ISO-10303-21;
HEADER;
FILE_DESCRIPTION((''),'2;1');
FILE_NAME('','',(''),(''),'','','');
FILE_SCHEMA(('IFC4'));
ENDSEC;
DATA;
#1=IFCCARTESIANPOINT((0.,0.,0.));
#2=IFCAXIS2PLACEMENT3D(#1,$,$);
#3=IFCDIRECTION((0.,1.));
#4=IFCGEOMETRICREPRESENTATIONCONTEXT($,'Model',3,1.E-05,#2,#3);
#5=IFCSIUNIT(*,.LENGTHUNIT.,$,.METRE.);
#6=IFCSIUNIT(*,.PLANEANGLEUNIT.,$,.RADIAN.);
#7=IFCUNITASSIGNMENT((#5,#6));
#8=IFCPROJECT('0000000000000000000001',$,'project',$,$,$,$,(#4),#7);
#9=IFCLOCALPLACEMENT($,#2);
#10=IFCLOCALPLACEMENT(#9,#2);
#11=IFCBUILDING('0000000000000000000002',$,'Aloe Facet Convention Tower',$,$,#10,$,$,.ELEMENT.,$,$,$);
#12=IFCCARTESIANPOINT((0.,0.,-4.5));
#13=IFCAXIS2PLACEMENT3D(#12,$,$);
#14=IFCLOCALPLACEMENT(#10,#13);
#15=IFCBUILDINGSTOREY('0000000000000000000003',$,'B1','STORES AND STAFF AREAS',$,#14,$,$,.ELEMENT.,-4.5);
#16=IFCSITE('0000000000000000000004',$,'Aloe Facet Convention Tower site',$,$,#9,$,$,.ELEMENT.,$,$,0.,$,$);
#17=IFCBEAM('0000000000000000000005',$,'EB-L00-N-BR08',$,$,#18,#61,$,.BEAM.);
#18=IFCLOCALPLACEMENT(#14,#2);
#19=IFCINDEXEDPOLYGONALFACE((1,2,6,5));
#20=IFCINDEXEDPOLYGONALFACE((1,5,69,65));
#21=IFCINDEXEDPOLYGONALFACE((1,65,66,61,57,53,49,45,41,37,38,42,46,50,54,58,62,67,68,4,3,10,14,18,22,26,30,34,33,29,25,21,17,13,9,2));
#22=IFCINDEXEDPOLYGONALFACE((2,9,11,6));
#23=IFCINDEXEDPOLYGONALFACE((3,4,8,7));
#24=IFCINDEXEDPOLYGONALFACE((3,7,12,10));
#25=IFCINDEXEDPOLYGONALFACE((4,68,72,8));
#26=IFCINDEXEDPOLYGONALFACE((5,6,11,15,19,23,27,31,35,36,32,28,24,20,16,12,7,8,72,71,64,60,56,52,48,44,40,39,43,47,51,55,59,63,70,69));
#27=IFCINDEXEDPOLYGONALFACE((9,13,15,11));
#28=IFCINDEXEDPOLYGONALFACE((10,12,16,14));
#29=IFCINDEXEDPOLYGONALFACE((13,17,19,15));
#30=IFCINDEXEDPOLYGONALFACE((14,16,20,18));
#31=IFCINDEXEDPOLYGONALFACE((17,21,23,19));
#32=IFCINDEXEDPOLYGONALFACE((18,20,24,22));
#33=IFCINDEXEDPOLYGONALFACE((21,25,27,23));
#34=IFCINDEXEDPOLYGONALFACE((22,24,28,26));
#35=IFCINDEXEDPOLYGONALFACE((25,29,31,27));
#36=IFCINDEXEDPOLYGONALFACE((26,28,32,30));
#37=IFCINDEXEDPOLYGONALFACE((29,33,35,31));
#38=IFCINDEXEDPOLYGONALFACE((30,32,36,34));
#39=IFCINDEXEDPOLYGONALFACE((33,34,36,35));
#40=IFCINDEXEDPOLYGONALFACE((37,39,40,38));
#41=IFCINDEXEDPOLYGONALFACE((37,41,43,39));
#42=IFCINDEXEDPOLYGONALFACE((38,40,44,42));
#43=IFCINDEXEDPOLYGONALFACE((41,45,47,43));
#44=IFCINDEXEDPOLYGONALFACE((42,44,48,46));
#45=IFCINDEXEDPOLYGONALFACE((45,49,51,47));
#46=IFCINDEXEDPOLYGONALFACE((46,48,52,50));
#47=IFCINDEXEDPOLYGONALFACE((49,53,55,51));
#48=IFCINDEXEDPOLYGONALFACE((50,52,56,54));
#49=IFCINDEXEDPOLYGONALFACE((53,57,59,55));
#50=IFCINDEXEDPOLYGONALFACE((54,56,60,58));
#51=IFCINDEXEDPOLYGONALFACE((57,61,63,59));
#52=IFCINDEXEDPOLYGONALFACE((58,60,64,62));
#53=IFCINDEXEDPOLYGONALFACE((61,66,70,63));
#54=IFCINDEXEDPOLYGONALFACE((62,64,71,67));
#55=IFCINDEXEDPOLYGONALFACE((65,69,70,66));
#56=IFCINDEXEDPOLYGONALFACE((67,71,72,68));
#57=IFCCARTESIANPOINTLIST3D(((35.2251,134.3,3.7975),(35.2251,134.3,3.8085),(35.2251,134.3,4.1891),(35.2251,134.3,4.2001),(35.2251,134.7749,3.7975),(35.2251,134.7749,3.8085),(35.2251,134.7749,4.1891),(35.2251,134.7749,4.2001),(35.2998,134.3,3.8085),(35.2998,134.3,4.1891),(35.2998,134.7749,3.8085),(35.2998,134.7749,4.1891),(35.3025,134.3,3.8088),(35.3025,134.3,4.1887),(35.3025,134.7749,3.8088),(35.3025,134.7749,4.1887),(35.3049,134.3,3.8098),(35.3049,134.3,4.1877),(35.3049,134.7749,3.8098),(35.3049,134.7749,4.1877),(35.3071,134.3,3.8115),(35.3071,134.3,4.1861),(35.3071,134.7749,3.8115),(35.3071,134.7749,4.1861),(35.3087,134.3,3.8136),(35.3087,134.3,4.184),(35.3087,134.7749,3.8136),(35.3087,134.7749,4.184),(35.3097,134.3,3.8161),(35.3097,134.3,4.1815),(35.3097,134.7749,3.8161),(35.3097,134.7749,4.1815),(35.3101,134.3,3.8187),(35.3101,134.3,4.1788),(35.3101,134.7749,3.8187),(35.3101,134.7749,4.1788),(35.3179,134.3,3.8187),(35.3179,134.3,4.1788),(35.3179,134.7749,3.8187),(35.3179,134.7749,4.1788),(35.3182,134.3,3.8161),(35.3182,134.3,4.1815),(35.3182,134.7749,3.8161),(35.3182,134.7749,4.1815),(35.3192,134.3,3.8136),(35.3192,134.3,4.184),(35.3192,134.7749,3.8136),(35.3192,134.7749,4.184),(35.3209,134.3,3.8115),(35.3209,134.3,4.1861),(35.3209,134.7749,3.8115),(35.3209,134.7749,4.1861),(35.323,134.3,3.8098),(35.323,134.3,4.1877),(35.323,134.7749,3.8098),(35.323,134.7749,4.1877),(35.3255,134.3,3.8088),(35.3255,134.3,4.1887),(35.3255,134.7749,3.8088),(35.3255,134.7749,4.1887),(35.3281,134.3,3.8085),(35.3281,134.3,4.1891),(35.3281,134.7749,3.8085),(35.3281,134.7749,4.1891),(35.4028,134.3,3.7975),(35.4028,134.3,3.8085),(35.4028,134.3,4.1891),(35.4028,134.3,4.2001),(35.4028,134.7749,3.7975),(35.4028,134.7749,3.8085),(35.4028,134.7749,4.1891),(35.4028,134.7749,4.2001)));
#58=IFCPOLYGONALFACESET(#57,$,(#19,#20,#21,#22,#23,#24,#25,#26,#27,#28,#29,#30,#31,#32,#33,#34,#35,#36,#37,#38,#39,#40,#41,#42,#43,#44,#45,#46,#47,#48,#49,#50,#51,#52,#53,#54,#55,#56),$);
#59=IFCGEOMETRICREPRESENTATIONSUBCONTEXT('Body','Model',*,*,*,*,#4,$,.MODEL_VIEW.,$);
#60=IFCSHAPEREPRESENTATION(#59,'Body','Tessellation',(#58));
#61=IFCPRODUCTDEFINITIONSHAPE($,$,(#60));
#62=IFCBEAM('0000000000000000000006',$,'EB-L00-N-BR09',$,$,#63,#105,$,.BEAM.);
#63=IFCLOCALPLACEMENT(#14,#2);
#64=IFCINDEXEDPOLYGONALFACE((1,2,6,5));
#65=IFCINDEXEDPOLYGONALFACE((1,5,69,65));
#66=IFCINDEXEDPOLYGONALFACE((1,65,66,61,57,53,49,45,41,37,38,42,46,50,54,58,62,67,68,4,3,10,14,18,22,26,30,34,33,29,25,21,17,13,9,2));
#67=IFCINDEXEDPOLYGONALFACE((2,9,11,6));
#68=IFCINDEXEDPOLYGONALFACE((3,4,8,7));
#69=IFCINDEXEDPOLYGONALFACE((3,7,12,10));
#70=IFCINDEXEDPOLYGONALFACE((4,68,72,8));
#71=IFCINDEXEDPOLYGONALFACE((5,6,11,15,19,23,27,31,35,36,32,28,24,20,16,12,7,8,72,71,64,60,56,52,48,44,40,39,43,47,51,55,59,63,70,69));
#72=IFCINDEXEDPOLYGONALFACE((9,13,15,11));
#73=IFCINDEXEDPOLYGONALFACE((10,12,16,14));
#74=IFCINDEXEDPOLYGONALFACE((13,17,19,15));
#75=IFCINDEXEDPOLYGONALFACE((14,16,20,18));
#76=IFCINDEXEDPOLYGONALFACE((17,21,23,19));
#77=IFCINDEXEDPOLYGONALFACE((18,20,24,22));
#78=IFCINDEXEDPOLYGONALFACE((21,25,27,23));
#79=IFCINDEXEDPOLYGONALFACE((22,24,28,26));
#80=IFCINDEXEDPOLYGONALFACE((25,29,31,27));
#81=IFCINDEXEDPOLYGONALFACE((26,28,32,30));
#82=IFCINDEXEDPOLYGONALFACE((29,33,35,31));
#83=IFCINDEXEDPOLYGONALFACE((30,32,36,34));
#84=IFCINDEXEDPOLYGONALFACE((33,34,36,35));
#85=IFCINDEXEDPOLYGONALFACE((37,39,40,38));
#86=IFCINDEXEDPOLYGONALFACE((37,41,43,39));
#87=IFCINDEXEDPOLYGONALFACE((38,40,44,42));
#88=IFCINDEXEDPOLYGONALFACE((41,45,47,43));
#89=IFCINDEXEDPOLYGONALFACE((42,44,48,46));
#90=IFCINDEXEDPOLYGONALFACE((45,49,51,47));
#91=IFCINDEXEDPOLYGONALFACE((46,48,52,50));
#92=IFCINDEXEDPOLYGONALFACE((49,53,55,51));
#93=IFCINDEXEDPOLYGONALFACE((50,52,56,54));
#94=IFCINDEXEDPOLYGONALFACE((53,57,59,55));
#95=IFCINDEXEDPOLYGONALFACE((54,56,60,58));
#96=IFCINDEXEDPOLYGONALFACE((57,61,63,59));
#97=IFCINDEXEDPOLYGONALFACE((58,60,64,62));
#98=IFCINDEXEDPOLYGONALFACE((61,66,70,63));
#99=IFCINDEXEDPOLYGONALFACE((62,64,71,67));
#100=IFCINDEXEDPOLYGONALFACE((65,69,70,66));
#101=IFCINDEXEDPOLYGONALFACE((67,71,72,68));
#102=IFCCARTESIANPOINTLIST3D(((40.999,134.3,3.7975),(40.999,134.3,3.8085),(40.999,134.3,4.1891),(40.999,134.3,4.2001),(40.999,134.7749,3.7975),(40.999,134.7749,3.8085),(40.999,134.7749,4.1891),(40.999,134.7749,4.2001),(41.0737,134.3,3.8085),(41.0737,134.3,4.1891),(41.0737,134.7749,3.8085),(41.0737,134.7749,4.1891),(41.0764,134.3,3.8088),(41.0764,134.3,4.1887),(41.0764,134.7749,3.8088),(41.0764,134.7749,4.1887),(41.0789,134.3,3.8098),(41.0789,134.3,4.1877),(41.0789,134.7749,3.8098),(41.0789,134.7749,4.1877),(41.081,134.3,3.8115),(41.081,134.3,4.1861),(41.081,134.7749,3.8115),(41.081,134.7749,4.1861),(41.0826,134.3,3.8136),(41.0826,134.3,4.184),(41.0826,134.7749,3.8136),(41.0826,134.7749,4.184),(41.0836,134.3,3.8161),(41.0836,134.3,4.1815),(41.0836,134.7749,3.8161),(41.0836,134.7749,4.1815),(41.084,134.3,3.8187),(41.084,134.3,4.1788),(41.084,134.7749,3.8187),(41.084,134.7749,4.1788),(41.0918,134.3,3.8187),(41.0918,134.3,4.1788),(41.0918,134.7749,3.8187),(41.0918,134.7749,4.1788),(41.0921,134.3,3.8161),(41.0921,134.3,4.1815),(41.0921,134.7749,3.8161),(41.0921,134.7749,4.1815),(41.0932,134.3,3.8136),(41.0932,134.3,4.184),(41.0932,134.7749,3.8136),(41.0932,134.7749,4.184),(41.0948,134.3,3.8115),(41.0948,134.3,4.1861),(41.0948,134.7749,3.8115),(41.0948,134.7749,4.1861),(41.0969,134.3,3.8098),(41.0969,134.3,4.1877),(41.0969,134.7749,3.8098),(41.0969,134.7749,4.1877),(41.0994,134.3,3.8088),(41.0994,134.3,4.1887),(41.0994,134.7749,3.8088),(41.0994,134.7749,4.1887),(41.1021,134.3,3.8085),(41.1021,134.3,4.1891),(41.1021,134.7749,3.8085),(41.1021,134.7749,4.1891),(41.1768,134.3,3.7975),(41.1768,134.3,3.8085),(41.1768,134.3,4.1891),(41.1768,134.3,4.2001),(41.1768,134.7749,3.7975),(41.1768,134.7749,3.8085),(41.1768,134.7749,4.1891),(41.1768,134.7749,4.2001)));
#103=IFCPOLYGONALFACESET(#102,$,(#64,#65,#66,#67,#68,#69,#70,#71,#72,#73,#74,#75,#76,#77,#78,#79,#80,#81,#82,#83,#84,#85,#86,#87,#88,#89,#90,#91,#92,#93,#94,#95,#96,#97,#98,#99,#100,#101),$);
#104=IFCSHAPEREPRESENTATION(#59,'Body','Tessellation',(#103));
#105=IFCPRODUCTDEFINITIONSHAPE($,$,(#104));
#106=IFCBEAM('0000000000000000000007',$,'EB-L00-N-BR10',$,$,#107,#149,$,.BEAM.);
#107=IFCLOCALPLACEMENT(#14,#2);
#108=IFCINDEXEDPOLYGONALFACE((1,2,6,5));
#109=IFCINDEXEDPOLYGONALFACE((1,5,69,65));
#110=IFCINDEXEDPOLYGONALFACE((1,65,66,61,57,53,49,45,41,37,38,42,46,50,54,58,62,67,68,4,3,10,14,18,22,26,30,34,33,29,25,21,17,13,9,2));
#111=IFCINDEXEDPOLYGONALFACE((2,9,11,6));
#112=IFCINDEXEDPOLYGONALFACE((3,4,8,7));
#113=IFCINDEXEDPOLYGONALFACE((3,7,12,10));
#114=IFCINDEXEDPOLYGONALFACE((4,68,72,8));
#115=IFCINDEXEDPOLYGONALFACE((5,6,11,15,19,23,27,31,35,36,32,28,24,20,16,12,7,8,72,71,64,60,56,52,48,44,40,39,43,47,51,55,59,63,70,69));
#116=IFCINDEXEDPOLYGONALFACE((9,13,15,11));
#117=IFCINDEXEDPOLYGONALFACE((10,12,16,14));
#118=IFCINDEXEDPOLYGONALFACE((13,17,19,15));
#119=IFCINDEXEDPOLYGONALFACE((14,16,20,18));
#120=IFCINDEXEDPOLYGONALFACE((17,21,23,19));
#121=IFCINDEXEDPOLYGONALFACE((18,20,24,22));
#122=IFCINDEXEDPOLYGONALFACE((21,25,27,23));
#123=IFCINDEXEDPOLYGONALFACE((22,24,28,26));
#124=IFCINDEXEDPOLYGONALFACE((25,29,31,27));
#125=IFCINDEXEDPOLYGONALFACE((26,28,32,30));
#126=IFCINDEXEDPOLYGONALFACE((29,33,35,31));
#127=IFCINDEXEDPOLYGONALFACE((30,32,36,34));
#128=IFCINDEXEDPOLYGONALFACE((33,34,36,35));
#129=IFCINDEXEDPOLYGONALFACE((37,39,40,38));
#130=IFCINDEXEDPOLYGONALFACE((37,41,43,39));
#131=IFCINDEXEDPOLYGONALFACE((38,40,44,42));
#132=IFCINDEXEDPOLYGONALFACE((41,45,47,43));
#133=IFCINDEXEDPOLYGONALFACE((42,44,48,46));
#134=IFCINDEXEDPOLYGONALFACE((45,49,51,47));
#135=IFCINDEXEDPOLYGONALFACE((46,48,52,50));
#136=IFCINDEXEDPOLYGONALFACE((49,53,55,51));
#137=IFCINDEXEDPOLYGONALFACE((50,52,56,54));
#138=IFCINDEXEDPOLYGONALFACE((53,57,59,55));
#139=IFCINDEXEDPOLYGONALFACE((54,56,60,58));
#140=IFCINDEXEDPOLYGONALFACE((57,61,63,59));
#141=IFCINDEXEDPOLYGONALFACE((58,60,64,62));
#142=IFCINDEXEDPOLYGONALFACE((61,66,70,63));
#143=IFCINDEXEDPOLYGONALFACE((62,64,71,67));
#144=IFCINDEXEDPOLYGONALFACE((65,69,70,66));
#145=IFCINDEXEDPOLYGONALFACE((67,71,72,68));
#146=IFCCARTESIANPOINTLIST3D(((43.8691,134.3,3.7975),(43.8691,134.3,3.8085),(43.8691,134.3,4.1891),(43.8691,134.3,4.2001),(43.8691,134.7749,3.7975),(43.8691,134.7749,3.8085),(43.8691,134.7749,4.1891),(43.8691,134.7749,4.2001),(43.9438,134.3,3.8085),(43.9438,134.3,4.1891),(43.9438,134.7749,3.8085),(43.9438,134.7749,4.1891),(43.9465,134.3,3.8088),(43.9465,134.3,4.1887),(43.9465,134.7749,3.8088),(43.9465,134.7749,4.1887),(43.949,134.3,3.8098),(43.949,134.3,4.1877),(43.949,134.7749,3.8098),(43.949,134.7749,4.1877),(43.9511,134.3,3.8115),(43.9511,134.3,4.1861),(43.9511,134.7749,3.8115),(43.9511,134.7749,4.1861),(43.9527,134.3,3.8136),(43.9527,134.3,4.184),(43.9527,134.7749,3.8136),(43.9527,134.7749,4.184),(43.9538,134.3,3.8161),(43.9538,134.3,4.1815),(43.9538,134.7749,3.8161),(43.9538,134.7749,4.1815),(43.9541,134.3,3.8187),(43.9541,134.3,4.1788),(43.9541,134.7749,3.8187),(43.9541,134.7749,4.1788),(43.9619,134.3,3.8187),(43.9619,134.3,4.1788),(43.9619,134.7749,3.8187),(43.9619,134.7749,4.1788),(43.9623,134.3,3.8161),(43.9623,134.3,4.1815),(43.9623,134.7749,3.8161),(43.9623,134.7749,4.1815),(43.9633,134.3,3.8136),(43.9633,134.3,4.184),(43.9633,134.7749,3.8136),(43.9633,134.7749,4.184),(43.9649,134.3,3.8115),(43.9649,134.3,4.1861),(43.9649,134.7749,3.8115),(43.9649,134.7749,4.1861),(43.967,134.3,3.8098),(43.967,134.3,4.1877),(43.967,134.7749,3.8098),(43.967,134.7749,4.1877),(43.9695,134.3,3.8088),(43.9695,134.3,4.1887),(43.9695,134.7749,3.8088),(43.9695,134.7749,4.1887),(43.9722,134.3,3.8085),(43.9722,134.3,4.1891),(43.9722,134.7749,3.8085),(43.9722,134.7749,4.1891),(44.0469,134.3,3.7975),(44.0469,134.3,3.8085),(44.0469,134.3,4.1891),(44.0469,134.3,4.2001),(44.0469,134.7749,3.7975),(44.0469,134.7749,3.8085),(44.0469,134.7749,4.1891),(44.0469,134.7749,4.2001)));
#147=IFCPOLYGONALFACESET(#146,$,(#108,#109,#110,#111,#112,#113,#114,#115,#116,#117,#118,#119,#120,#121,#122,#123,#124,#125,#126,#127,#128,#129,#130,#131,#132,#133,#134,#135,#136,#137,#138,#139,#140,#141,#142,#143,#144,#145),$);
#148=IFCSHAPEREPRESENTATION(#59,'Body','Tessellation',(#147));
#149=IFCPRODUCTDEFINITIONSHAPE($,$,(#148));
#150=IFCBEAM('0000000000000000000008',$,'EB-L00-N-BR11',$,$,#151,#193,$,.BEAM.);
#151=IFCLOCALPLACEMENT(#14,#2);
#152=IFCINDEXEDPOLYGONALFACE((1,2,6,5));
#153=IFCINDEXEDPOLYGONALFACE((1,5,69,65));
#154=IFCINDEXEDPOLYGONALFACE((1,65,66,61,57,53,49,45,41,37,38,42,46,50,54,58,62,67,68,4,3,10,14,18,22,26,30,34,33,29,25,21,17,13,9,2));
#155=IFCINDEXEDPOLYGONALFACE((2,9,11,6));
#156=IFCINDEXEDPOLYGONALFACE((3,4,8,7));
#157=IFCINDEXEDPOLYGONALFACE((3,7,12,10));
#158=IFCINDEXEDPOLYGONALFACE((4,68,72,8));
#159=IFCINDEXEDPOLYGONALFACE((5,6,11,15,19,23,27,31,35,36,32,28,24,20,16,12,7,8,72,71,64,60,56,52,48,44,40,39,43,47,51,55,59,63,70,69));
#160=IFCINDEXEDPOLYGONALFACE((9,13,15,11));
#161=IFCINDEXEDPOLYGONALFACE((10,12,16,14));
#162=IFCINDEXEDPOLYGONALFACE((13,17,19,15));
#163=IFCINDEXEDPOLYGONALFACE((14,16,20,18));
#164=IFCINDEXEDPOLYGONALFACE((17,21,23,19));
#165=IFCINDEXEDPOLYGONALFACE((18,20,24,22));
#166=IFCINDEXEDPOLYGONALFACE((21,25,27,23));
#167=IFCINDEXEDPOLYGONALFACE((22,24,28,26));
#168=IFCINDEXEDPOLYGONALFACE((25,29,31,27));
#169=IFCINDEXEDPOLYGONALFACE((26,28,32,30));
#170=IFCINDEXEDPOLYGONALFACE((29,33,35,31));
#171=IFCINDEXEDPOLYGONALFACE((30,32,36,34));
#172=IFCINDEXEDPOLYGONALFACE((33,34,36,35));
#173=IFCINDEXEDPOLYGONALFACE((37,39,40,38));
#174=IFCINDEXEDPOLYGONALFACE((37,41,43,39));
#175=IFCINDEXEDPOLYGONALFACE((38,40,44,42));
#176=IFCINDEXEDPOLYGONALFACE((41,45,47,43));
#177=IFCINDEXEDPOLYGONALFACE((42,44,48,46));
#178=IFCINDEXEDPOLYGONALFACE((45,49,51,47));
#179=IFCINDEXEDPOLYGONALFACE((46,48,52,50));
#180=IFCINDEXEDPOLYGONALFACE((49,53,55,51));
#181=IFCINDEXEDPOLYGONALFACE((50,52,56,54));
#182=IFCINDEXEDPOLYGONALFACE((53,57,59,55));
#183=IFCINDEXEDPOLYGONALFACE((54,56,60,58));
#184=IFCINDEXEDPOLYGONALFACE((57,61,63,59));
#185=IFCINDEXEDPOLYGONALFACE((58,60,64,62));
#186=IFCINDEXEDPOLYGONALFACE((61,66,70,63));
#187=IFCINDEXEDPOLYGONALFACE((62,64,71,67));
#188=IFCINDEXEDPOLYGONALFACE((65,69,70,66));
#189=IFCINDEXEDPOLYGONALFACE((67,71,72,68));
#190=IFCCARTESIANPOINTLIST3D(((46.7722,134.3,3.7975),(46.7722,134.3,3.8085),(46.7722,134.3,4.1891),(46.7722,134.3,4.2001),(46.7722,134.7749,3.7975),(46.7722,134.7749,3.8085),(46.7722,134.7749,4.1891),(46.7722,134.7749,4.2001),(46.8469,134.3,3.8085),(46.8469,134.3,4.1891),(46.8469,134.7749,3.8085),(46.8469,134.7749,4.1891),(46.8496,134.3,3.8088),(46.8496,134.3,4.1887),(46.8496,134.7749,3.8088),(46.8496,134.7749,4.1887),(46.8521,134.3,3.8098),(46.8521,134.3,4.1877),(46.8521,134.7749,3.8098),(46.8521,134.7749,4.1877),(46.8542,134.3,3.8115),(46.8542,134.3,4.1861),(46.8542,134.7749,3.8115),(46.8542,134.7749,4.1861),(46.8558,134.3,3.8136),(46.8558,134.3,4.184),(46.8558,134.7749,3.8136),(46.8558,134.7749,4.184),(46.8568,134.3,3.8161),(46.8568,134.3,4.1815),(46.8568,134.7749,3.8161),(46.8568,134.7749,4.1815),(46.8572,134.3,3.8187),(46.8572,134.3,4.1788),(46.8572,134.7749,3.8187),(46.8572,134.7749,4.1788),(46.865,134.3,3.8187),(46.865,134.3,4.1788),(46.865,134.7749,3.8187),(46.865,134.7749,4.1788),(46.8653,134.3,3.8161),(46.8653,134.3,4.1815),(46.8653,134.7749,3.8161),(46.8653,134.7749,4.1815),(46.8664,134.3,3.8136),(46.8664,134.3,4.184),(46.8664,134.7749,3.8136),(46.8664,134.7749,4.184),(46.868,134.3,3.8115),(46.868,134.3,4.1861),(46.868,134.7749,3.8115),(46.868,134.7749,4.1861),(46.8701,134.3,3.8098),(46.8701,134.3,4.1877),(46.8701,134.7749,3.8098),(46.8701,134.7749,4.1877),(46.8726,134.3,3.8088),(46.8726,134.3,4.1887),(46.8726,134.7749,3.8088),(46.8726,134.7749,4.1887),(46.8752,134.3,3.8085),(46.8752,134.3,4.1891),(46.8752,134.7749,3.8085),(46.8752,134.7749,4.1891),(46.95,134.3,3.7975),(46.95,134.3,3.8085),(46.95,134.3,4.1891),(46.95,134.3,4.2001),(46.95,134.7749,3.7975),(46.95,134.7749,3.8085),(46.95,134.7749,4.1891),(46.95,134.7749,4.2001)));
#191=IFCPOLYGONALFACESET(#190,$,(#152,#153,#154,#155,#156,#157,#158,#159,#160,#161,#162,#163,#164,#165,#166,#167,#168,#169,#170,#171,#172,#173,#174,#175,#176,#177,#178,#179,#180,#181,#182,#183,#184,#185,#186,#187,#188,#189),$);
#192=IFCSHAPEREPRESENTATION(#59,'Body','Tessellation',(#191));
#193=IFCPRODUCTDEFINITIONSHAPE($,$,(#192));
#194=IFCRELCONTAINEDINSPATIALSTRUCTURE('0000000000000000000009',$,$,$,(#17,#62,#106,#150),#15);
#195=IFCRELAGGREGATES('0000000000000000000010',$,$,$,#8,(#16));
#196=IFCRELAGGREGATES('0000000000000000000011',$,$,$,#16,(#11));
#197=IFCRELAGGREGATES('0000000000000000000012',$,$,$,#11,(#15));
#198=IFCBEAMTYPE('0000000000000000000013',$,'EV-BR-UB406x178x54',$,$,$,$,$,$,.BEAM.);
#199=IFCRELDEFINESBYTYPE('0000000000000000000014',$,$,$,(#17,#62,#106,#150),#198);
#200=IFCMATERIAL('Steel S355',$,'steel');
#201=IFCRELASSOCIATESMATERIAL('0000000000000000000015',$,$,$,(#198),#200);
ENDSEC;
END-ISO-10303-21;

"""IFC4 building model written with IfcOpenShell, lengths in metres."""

from ifc_helpers import new_model, si_unit, direction, frame, origin, origin_2d, place, context, subcontext, project, spatial, i_section, extrude, material, material_profile, profile_set, type_object, element, save


model = new_model("IFC4")

# Units and contexts
model_context = context("Model", 3, precision=1e-05, world=origin(), true_north=direction((0.0, 1.0)))
body_context = subcontext(model_context, "Body", "Model", "MODEL_VIEW")
ifc_project = project(units=[si_unit("LENGTHUNIT", "METRE"), si_unit("PLANEANGLEUNIT", "RADIAN")], contexts=[model_context])

# Site, building, storey
site_placement = place(None, origin())
site = spatial("IfcSite", under=ifc_project, at=site_placement, Name="Aloe Facet Convention Tower site", CompositionType="ELEMENT", RefElevation=0.0)
building_placement = place(site_placement, origin())
building = spatial("IfcBuilding", under=site, at=building_placement, Name="Aloe Facet Convention Tower", CompositionType="ELEMENT")
storey_placement = place(building_placement, frame((0.0, 0.0, -4.5)))
storey = spatial("IfcBuildingStorey", under=building, at=storey_placement, Name="B1", Description="STORES AND STAFF AREAS", CompositionType="ELEMENT", Elevation=-4.5)

# Beams
ifc_material_1 = material(Name="Steel S355", Category="steel")
ifc_material_profile_1 = material_profile(ifc_material_1, i_section(OverallWidth=0.1777, OverallDepth=0.4026, WebThickness=0.0078, FlangeThickness=0.011, FilletRadius=0.0103, at=origin_2d()), Name="UB 406x178x54")
ifc_profile_set_1 = profile_set([ifc_material_profile_1], Name="Steel S355")
beam_type_1 = type_object("IfcBeamType", Name="EV-BR-UB406x178x54", PredefinedType="BEAM", material=ifc_profile_set_1)
for number, where, z_axis, x_axis, name in (
    (1, (35.314, 134.3, 3.9988), (0.0, 1.0, 0.0), (-1.0, 0.0, 0.0), "EB-L00-N-BR08"),
    (2, (41.0879, 134.3, 3.9988), (0.0, 1.0, 0.0), (-1.0, 0.0, 0.0), "EB-L00-N-BR09"),
    (3, (43.958, 134.3, 3.9988), (0.0, 1.0, 0.0), (-1.0, 0.0, 0.0), "EB-L00-N-BR10"),
    (4, (46.8611, 134.3, 3.9988), (0.0, 1.0, 0.0), (-1.0, 0.0, 0.0), "EB-L00-N-BR11"),
):
    element("IfcBeam", number, at=place(storey_placement, frame(where, z_axis=z_axis, x_axis=x_axis)), inside=storey, type_object=beam_type_1, Name=name, PredefinedType="BEAM", context=body_context, shape_type="SweptSolid", body=[
        extrude(i_section(OverallWidth=0.1777, OverallDepth=0.4026, WebThickness=0.0078, FlangeThickness=0.011, FilletRadius=0.0103, at=origin_2d()), origin(), (0.0, 0.0, 1.0), 0.4749),
    ])

save(model, "model.ifc")
